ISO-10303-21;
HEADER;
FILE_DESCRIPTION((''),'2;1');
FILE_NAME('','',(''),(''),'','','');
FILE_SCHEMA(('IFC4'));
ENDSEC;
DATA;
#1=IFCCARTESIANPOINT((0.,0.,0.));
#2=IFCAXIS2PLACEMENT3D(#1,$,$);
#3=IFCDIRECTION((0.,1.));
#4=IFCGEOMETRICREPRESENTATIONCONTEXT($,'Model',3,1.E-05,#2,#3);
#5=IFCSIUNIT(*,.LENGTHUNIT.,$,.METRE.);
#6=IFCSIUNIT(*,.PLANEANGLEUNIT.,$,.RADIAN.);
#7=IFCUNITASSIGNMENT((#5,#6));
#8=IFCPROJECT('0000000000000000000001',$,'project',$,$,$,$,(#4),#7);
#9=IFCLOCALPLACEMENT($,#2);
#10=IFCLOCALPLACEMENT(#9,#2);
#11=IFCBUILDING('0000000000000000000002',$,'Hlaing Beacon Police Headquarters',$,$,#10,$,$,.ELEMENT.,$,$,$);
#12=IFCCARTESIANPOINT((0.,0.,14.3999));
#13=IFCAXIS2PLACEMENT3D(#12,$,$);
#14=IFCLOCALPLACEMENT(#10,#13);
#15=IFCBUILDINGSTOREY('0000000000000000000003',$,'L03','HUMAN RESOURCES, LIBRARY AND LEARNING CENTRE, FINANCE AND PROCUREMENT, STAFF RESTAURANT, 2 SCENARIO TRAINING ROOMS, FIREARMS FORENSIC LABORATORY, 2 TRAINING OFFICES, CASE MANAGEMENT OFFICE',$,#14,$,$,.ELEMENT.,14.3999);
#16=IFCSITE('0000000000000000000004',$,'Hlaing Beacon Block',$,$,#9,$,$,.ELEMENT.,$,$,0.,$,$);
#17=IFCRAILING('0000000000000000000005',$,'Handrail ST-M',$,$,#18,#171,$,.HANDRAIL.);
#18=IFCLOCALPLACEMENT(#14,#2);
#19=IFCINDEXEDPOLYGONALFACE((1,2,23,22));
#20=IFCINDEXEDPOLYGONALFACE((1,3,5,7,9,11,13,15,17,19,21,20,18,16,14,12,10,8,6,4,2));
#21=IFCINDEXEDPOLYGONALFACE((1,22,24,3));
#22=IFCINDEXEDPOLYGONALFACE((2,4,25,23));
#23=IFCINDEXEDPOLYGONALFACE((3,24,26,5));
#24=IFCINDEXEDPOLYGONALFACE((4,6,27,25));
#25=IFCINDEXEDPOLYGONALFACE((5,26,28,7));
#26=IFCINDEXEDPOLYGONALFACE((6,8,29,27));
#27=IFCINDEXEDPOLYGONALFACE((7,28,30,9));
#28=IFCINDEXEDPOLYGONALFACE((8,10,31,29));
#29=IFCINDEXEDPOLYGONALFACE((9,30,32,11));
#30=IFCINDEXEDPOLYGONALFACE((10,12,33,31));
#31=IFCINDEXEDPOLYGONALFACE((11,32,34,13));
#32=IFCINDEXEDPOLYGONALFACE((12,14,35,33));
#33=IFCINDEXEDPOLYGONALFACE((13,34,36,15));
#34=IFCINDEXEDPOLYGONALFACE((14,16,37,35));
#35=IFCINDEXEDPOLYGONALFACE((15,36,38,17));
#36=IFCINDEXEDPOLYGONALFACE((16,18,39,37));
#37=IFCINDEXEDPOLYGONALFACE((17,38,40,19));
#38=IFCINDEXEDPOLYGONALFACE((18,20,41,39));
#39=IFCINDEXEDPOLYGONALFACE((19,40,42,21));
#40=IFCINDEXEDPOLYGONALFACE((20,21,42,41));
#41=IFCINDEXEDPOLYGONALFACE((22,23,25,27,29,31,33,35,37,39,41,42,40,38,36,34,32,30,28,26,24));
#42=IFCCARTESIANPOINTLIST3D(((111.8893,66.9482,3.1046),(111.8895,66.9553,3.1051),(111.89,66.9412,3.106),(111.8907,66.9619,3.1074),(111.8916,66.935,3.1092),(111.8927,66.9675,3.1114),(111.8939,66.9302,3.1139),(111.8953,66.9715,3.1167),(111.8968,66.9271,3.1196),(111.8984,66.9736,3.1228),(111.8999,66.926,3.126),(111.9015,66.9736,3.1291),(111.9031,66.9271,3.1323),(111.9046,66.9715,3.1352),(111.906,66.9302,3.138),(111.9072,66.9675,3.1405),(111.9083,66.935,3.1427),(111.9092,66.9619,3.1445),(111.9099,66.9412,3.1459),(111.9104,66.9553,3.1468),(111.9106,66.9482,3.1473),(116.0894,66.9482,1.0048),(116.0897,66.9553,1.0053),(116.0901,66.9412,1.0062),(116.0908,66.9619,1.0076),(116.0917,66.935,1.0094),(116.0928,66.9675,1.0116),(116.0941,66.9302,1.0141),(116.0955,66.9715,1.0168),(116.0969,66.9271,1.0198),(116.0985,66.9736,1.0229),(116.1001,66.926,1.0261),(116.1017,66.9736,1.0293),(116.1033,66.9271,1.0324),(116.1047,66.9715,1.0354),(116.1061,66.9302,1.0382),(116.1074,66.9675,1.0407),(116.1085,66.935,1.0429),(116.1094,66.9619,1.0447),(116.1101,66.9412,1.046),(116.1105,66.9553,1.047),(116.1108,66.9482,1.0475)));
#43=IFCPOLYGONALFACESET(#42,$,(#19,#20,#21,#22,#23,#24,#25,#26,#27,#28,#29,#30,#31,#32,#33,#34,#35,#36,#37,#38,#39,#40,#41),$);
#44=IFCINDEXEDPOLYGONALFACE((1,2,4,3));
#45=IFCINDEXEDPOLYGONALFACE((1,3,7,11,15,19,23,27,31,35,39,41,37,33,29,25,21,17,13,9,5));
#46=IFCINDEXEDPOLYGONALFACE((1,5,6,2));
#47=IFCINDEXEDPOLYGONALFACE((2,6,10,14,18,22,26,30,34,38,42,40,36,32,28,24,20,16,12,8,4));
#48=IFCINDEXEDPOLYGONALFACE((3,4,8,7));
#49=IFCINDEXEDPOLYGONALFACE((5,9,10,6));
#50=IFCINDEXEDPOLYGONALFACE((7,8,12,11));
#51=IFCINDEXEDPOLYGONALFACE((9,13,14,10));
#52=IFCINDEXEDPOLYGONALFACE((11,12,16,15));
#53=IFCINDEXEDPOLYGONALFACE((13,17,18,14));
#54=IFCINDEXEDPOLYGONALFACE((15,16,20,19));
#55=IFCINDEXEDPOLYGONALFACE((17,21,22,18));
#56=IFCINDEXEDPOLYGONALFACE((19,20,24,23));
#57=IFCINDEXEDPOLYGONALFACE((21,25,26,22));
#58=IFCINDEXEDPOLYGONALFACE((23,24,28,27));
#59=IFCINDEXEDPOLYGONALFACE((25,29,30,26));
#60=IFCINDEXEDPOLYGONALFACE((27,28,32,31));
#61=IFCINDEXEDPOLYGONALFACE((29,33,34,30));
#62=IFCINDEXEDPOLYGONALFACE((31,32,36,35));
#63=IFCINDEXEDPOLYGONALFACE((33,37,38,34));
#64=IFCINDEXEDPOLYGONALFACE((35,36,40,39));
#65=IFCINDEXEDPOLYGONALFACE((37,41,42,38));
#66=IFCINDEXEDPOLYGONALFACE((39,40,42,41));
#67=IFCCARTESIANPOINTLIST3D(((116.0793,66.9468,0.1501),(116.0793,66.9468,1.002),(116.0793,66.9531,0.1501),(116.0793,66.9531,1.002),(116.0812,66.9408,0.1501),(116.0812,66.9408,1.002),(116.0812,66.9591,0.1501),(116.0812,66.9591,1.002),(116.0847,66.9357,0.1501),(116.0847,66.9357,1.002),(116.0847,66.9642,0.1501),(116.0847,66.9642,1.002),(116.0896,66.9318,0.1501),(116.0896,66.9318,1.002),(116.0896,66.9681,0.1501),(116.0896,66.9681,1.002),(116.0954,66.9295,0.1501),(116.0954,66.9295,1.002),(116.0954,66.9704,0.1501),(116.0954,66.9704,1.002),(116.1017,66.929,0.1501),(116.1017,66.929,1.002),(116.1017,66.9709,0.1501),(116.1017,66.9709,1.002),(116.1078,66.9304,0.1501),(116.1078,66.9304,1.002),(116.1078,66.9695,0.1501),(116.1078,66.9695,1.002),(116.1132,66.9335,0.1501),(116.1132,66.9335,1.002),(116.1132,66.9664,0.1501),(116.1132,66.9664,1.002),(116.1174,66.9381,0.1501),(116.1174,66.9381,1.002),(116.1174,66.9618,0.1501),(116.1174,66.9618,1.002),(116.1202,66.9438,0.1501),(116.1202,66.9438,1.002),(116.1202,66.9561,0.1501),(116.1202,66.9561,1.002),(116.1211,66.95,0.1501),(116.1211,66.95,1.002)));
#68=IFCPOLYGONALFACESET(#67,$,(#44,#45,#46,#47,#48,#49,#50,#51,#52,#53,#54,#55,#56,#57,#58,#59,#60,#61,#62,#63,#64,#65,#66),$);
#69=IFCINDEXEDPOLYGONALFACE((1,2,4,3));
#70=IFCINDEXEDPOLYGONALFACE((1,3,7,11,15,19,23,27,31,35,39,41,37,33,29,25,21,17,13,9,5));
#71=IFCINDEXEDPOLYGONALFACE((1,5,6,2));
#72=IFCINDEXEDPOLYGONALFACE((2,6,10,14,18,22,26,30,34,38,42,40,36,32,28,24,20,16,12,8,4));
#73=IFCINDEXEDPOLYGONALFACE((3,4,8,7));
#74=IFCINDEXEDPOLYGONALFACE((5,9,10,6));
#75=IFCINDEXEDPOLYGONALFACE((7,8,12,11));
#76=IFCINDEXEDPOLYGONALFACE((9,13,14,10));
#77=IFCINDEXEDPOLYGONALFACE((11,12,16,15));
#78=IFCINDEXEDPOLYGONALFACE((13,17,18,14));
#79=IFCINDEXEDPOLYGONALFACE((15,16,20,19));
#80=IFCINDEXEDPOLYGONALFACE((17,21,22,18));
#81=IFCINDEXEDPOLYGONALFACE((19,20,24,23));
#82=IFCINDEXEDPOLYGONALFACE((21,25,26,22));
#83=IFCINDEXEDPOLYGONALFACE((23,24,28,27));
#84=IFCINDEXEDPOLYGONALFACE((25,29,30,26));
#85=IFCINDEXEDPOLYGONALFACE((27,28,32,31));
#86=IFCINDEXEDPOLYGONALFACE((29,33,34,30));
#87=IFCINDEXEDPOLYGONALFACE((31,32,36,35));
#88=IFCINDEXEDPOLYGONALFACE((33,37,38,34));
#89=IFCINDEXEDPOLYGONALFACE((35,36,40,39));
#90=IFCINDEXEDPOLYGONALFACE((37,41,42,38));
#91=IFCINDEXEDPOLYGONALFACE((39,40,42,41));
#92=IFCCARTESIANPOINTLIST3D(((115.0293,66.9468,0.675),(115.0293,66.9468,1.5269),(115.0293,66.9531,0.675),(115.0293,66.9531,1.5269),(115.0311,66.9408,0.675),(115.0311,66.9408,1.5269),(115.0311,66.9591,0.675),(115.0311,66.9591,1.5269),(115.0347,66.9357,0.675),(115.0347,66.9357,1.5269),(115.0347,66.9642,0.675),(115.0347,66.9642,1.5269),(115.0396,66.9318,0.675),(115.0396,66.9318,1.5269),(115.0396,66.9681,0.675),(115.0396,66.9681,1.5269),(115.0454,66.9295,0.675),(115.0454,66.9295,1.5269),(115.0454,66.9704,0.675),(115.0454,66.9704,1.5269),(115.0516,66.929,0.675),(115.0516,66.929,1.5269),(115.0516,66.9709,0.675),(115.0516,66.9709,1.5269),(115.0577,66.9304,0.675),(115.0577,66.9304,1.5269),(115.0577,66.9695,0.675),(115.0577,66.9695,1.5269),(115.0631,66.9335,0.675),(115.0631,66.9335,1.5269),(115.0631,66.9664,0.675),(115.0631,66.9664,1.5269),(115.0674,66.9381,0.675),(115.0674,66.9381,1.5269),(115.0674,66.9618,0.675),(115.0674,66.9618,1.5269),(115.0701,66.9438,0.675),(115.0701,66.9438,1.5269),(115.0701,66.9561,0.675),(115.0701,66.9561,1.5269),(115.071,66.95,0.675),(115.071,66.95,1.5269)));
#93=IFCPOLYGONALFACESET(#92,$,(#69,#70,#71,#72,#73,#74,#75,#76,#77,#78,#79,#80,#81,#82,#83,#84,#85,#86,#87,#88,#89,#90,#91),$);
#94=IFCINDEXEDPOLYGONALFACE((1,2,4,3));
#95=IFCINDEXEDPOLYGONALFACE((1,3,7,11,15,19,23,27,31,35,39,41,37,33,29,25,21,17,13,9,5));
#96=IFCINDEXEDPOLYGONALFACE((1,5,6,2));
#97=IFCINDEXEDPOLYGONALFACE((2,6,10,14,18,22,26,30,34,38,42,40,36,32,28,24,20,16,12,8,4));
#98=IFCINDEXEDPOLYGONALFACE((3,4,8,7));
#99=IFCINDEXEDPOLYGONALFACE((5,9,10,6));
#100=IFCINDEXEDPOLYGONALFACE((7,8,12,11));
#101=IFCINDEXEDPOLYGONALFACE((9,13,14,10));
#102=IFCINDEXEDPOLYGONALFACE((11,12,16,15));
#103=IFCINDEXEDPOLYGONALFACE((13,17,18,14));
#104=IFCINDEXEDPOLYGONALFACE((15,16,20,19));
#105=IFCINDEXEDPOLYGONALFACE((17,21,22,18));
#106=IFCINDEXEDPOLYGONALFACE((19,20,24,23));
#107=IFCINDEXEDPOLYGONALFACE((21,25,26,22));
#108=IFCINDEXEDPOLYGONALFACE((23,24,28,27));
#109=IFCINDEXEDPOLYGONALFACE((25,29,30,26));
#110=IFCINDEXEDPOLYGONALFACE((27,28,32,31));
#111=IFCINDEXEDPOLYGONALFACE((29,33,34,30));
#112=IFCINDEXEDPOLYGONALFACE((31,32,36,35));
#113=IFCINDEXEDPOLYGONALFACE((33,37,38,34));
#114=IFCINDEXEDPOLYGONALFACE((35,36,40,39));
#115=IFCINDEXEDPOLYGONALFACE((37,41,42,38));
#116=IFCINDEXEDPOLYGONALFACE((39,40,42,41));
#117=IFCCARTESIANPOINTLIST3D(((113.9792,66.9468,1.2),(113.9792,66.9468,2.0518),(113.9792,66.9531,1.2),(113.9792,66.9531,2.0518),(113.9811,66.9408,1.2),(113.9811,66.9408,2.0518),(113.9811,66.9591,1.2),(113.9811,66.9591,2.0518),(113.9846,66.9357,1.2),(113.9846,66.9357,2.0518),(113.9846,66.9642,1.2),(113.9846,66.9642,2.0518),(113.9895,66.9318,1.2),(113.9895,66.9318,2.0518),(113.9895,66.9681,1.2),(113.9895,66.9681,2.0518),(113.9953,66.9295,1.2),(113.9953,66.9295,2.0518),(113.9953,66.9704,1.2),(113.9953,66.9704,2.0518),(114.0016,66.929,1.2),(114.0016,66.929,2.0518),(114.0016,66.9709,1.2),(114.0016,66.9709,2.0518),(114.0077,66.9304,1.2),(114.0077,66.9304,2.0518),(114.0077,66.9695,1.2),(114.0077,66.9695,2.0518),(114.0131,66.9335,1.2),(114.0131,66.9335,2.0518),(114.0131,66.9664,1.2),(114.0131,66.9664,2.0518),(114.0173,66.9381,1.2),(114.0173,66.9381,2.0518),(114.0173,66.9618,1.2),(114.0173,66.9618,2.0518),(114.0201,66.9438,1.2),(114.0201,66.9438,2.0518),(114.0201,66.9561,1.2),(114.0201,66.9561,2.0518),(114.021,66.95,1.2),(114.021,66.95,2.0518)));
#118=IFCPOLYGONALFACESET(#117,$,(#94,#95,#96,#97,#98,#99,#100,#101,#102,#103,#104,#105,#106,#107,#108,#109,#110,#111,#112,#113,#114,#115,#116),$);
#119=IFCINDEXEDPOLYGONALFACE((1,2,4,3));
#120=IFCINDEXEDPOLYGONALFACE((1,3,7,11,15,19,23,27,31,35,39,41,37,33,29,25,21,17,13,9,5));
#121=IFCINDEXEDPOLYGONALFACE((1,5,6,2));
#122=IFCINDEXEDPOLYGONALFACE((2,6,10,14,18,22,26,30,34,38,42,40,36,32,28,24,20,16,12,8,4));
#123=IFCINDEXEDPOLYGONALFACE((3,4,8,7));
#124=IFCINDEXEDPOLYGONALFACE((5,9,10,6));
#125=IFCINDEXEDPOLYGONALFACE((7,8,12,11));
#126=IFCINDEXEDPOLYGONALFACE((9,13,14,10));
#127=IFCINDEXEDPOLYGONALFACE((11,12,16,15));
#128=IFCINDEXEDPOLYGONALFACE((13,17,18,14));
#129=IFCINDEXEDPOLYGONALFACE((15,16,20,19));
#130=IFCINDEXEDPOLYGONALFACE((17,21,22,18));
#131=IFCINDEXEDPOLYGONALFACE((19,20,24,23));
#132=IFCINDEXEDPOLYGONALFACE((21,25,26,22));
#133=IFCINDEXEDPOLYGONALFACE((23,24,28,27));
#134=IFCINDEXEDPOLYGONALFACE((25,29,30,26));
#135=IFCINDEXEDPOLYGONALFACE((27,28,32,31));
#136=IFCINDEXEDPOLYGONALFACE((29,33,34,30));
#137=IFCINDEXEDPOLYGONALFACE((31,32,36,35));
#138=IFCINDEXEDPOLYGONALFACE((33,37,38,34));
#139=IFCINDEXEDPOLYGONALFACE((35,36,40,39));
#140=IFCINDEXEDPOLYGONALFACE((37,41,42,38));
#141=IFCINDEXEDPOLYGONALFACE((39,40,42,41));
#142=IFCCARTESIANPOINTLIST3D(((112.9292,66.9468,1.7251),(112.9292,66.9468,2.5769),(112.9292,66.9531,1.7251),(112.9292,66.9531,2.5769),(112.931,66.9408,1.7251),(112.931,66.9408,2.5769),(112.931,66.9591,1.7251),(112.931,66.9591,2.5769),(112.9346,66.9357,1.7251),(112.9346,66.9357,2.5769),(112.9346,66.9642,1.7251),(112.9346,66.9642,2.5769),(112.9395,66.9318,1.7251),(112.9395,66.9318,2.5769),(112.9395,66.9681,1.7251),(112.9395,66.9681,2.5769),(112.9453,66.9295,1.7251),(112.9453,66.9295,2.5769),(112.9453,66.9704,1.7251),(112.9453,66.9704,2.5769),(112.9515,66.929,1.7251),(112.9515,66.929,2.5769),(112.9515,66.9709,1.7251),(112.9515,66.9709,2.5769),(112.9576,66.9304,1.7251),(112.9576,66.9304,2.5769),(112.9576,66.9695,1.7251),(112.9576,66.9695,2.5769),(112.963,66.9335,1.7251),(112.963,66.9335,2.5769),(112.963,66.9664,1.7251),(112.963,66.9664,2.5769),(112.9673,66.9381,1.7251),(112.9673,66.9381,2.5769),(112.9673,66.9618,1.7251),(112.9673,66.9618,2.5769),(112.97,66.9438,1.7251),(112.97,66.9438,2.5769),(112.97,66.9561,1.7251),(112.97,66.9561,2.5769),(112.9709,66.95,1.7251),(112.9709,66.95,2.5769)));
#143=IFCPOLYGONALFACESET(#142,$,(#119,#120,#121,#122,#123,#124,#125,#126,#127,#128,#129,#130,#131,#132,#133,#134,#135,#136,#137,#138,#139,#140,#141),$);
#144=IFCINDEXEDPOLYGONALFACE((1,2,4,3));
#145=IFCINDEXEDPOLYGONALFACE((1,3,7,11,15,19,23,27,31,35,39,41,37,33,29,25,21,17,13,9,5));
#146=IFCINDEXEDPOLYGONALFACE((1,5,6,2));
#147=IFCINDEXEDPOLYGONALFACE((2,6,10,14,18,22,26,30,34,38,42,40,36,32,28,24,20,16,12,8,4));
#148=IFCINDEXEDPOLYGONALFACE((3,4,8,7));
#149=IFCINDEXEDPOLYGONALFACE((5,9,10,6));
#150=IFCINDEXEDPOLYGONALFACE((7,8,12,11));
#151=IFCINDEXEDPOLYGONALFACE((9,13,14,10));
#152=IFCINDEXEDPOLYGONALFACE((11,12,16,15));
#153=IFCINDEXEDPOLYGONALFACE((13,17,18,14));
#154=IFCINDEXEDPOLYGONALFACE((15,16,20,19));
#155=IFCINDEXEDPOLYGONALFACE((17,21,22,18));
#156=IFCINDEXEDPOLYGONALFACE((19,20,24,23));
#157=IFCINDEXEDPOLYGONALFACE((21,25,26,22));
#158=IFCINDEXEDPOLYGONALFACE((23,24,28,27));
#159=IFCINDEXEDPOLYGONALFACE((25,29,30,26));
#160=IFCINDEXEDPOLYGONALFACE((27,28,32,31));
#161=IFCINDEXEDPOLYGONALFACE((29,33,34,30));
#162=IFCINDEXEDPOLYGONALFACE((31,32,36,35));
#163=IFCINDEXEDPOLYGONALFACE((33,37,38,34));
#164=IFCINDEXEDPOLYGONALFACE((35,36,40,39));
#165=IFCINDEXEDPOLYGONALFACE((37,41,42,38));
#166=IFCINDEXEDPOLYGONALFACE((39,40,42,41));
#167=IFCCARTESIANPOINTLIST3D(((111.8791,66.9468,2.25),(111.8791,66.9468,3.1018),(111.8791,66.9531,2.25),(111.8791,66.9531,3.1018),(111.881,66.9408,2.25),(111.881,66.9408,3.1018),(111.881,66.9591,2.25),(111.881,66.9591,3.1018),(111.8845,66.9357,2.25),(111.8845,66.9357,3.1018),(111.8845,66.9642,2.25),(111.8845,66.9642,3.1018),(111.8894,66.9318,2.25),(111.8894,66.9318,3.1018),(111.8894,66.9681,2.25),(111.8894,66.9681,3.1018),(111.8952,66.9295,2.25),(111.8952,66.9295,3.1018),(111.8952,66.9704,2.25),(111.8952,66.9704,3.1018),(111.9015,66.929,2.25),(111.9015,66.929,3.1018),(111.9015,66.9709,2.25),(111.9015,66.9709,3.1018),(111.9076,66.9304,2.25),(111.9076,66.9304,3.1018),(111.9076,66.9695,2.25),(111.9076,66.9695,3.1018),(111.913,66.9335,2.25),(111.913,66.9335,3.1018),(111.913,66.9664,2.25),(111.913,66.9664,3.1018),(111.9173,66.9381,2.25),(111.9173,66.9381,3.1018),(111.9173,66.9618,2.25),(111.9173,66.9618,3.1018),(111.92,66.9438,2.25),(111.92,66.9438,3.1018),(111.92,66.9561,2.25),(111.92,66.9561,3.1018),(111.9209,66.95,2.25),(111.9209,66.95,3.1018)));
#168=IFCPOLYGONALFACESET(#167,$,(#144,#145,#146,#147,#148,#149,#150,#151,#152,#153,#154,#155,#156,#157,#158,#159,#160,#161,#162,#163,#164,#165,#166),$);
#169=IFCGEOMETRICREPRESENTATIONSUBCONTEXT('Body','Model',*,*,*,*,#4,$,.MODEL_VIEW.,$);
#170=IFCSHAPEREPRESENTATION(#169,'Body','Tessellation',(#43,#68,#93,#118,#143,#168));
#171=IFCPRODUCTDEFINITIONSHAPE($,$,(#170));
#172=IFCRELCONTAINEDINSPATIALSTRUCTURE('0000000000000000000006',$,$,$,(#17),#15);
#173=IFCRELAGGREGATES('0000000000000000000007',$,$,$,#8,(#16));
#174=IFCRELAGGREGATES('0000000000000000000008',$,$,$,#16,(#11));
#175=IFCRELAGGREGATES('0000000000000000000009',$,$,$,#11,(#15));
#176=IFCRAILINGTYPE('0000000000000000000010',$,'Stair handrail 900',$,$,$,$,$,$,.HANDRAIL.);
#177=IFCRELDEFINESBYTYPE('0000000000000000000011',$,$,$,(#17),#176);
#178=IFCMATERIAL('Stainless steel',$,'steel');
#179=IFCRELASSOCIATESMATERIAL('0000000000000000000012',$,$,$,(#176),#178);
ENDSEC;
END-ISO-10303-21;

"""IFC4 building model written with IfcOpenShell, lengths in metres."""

from ifc_helpers import new_model, si_unit, direction, frame, origin, origin_2d, place, context, subcontext, project, spatial, circle, extrude, material, type_object, element, save


model = new_model("IFC4")

# Units and contexts
model_context = context("Model", 3, precision=1e-05, world=origin(), true_north=direction((0.0, 1.0)))
body_context = subcontext(model_context, "Body", "Model", "MODEL_VIEW")
ifc_project = project(units=[si_unit("LENGTHUNIT", "METRE"), si_unit("PLANEANGLEUNIT", "RADIAN")], contexts=[model_context])

# Site, building, storey
site_placement = place(None, origin())
site = spatial("IfcSite", under=ifc_project, at=site_placement, Name="Hlaing Beacon Block", CompositionType="ELEMENT", RefElevation=0.0)
building_placement = place(site_placement, origin())
building = spatial("IfcBuilding", under=site, at=building_placement, Name="Hlaing Beacon Police Headquarters", CompositionType="ELEMENT")
storey_placement = place(building_placement, frame((0.0, 0.0, 14.3999)))
storey = spatial("IfcBuildingStorey", under=building, at=storey_placement, Name="L03", Description="HUMAN RESOURCES, LIBRARY AND LEARNING CENTRE, FINANCE AND PROCUREMENT, STAFF RESTAURANT, 2 SCENARIO TRAINING ROOMS, FIREARMS FORENSIC LABORATORY, 2 TRAINING OFFICES, CASE MANAGEMENT OFFICE", CompositionType="ELEMENT", Elevation=14.3999)

# Railing
ifc_material_1 = material(Name="Stainless steel", Category="steel")
railing_type_1 = type_object("IfcRailingType", Name="Stair handrail 900", PredefinedType="HANDRAIL", material=ifc_material_1)
for number, where, name in (
    (1, (116.1001, 66.95, 0.1501), "Handrail ST-M"),
):
    element("IfcRailing", number, at=place(storey_placement, frame(where)), inside=storey, type_object=railing_type_1, Name=name, PredefinedType="HANDRAIL", context=body_context, shape_type="SweptSolid", body=[
        extrude(circle(Radius=0.0239, at=origin_2d()), frame((0.0, 0.0, 0.876), z_axis=(-0.894448, 0.0, 0.447172), x_axis=(0.0, -1.0, 0.0)), (0.0, 0.0, 1.0), 4.6958),
        extrude(circle(Radius=0.021, at=origin_2d()), origin(), (0.0, 0.0, 1.0), 0.8518),
        extrude(circle(Radius=0.021, at=origin_2d()), frame((-1.05, 0.0, 0.5249)), (0.0, 0.0, 1.0), 0.8518),
        extrude(circle(Radius=0.021, at=origin_2d()), frame((-2.1001, 0.0, 1.0498)), (0.0, 0.0, 1.0), 0.8518),
        extrude(circle(Radius=0.021, at=origin_2d()), frame((-3.1501, 0.0, 1.575)), (0.0, 0.0, 1.0), 0.8518),
        extrude(circle(Radius=0.021, at=origin_2d()), frame((-4.2002, 0.0, 2.0999)), (0.0, 0.0, 1.0), 0.8518),
    ])

save(model, "model.ifc")
